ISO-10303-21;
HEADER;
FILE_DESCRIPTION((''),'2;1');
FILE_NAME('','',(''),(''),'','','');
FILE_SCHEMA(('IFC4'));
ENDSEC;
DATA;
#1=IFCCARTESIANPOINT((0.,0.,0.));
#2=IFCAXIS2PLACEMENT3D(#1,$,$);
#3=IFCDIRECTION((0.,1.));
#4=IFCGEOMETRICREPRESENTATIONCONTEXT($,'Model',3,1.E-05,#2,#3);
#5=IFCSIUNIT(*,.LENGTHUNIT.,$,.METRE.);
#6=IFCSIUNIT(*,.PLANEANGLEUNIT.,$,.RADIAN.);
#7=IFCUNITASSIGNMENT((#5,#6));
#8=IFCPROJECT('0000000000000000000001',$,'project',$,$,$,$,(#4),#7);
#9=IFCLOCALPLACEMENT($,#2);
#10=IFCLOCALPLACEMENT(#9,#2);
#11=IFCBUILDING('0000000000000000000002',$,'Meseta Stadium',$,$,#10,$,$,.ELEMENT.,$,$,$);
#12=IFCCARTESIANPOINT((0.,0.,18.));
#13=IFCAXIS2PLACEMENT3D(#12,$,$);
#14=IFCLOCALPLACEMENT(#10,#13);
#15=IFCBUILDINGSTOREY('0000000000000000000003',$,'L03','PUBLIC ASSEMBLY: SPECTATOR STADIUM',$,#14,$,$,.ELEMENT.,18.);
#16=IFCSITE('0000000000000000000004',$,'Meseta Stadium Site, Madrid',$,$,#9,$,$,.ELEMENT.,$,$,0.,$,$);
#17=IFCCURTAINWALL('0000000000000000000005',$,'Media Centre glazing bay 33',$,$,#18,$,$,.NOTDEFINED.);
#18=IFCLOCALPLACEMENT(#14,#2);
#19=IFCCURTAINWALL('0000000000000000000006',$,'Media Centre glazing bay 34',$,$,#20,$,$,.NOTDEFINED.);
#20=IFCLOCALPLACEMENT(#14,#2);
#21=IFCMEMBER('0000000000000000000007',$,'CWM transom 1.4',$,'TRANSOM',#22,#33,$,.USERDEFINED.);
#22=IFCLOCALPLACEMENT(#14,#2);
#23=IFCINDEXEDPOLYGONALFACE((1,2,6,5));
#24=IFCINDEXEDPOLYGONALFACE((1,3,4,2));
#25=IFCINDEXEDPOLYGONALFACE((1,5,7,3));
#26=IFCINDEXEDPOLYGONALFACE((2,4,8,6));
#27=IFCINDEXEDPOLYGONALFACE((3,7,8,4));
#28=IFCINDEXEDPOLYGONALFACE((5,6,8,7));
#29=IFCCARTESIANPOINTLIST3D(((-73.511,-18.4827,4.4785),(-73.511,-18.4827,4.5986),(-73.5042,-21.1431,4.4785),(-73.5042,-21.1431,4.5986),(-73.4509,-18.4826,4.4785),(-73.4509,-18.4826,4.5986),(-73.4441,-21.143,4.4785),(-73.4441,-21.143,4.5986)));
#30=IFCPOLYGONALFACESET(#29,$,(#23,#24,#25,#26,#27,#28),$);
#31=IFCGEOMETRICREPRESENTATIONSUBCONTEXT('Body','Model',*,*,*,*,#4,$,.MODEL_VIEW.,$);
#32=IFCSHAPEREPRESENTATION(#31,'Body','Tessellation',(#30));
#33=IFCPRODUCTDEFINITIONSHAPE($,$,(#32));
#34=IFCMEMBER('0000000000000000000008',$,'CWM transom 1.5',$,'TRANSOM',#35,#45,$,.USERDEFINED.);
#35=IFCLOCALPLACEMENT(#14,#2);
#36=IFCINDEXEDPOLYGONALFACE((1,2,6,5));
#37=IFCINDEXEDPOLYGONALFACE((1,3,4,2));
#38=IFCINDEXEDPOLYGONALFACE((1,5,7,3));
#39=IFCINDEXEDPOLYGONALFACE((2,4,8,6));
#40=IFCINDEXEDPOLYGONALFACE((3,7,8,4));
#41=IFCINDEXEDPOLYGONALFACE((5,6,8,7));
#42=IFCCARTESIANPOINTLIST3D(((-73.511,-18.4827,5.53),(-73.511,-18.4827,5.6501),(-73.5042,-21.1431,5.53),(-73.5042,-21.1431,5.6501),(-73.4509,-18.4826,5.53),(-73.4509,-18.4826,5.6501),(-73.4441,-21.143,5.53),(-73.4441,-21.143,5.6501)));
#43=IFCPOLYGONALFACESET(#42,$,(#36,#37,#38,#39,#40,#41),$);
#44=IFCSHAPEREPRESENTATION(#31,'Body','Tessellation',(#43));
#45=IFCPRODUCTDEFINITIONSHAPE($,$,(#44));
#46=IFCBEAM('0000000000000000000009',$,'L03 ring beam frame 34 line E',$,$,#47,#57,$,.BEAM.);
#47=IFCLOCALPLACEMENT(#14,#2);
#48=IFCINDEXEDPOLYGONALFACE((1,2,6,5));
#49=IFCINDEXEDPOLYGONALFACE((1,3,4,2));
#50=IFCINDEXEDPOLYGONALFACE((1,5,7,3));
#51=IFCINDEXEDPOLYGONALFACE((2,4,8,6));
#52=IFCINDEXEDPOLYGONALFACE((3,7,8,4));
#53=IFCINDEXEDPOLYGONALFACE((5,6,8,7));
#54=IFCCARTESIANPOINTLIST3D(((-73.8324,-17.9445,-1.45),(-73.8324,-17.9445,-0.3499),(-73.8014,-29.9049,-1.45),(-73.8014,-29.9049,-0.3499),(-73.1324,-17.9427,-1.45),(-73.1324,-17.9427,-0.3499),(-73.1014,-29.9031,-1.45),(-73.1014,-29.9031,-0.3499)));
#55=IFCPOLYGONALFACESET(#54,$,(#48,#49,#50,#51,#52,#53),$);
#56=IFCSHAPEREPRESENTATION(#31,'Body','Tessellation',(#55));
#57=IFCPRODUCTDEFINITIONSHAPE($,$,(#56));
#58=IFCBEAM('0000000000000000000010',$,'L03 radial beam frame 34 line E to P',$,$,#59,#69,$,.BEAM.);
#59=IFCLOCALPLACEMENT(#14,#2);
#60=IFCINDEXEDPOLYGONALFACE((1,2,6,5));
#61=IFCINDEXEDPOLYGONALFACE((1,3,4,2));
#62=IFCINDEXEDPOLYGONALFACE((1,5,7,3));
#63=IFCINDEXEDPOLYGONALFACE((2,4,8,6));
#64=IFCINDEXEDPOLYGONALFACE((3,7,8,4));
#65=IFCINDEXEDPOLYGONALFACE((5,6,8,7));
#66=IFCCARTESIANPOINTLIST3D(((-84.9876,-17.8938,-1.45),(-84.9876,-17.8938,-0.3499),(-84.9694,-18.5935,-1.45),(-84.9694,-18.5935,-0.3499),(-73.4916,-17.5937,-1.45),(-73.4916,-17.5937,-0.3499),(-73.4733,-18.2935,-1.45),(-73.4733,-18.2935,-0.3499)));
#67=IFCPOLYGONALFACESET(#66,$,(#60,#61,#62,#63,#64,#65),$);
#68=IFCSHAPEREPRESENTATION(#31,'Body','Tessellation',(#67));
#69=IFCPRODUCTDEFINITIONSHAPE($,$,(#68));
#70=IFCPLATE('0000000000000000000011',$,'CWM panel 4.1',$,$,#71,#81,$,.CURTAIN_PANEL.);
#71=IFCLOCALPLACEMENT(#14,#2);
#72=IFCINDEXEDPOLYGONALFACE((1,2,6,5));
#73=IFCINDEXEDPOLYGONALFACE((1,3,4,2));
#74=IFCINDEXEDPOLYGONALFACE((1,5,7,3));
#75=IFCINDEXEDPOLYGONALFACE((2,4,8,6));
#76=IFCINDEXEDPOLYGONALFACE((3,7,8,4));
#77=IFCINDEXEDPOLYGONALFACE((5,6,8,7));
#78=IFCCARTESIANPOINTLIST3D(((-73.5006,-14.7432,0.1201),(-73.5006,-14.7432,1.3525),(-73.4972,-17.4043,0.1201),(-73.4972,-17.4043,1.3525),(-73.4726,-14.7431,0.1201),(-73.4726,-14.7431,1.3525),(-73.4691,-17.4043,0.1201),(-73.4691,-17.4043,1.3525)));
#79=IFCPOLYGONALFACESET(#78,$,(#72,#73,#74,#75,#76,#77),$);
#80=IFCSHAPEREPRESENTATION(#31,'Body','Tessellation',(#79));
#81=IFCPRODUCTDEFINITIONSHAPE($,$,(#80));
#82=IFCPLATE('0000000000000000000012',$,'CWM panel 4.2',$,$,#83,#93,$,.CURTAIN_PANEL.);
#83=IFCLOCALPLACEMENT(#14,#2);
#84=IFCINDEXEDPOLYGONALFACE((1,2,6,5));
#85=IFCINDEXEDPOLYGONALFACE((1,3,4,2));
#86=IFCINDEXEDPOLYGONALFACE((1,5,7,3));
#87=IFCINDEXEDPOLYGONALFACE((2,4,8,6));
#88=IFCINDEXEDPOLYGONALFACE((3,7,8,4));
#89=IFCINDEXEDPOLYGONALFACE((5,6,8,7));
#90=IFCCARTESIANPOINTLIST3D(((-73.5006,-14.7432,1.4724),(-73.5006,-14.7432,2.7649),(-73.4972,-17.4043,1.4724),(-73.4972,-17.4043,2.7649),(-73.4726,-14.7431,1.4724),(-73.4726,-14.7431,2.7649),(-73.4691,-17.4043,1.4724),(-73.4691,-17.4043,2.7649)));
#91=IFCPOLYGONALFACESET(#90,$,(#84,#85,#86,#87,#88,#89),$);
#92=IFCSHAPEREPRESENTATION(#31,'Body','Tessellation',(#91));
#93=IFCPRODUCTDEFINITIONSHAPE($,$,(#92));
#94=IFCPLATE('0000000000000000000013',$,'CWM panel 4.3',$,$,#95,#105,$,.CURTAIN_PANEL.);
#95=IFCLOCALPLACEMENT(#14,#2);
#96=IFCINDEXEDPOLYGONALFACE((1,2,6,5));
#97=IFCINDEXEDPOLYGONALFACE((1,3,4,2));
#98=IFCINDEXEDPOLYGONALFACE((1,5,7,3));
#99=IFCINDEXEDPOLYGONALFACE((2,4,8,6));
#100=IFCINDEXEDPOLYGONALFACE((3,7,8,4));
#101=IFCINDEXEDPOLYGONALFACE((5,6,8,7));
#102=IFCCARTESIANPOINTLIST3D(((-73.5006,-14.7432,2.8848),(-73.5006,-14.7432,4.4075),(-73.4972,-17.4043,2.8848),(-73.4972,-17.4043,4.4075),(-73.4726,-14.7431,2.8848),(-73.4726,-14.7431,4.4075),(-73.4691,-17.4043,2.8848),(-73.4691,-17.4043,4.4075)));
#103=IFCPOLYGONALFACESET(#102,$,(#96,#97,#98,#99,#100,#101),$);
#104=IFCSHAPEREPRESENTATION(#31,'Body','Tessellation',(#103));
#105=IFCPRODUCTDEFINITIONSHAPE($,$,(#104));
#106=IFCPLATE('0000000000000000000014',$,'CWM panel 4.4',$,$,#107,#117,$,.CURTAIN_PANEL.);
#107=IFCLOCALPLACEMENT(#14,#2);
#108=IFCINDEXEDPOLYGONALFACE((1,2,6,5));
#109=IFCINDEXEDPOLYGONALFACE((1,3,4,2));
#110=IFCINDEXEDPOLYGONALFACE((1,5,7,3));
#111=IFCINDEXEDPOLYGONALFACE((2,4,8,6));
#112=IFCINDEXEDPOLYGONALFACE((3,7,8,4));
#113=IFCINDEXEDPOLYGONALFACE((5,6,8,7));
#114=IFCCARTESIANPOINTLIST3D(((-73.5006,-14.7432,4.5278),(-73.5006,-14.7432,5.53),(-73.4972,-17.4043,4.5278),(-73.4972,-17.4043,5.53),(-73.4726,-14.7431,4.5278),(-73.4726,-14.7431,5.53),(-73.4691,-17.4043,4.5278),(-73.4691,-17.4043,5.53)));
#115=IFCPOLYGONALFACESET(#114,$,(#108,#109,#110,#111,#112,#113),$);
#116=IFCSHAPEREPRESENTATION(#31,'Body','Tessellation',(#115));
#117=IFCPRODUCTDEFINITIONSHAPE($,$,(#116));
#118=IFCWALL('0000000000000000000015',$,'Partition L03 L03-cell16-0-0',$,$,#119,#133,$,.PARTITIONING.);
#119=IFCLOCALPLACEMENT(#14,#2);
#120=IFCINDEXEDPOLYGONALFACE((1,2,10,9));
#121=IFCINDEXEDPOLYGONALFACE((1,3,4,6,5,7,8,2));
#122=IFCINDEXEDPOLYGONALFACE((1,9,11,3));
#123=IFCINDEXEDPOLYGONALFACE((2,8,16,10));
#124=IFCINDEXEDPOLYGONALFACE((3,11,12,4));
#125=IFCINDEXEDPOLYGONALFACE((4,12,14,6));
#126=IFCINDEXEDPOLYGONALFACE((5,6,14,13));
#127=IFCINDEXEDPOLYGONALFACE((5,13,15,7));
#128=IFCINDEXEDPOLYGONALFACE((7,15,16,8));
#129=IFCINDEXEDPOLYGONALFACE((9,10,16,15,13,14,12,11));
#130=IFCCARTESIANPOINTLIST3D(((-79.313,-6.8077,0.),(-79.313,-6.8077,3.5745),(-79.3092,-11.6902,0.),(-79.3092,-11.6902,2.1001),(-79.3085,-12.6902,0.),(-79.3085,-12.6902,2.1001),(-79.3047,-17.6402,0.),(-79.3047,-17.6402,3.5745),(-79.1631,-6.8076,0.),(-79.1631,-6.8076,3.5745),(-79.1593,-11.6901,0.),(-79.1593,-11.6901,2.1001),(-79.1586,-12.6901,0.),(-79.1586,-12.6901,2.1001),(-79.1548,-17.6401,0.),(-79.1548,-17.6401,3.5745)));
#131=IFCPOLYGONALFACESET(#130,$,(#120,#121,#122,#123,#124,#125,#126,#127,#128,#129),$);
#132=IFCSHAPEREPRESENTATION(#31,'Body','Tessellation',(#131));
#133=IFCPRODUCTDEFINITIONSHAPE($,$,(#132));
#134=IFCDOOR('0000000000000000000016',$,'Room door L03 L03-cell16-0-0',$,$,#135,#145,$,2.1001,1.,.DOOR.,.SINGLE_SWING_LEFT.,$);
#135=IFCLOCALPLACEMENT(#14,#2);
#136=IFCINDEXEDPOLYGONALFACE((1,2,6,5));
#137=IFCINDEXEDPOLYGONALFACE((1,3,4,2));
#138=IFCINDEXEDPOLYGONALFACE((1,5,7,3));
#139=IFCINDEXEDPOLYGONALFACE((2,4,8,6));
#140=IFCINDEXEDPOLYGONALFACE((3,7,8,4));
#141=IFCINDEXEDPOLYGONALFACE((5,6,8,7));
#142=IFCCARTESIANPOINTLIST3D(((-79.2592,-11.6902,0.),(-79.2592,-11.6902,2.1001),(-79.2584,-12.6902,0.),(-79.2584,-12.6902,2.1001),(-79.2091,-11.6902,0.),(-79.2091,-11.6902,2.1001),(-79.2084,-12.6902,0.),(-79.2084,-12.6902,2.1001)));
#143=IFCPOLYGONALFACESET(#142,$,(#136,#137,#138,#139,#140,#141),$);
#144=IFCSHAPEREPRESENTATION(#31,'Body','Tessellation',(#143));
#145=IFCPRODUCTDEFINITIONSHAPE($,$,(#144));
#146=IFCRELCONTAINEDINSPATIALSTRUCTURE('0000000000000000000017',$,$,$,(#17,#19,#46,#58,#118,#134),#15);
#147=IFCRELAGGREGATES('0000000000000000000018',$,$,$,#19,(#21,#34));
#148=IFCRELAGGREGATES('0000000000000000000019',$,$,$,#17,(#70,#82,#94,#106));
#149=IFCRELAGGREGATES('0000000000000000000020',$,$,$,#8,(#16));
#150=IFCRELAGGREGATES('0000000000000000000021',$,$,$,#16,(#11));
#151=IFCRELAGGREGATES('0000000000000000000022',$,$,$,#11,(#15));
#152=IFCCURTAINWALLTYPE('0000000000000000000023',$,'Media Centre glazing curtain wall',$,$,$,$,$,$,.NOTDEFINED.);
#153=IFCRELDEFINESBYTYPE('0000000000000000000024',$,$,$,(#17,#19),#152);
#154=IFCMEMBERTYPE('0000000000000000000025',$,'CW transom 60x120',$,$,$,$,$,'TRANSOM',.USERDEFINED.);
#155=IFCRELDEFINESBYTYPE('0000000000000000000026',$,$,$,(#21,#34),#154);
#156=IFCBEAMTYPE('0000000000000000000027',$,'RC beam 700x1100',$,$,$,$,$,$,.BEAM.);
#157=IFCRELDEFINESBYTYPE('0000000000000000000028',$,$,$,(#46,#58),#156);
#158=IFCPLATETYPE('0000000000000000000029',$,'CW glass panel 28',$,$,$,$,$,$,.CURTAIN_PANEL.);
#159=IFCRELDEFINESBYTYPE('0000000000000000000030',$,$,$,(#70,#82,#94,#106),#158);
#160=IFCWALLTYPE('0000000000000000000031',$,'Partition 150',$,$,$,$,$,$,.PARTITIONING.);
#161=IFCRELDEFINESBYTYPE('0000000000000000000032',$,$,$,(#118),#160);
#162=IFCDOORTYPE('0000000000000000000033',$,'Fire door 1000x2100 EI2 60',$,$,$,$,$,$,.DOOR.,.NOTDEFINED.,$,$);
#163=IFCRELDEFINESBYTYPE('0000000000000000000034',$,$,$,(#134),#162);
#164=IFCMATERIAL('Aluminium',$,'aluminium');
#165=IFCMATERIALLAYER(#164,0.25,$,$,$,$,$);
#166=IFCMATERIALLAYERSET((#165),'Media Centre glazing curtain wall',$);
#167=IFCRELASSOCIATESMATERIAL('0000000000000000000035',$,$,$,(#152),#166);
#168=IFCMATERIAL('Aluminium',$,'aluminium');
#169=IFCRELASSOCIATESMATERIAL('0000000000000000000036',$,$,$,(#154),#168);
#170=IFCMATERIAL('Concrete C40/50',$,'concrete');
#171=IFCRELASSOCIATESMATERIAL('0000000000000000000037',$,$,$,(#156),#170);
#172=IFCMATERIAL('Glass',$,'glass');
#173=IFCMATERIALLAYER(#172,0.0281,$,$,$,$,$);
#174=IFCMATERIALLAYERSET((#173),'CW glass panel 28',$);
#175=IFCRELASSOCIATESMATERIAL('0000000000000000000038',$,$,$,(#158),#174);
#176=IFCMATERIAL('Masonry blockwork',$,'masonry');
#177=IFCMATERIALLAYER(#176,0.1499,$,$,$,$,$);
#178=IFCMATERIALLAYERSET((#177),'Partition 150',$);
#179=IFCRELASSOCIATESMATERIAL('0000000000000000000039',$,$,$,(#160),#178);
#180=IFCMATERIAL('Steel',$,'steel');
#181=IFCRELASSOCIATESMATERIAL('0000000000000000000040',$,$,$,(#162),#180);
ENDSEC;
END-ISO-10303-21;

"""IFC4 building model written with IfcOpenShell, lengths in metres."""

from ifc_helpers import new_model, si_unit, direction, frame, frame_2d, origin, origin_2d, place, context, subcontext, project, spatial, rectangle, extrude, material, layer, layer_set, material_profile, profile_set, type_object, element, fill, aggregate, save


model = new_model("IFC4")

# Units and contexts
model_context = context("Model", 3, precision=1e-05, world=origin(), true_north=direction((0.0, 1.0)))
body_context = subcontext(model_context, "Body", "Model", "MODEL_VIEW")
ifc_project = project(units=[si_unit("LENGTHUNIT", "METRE"), si_unit("PLANEANGLEUNIT", "RADIAN")], contexts=[model_context])

# Site, building, storey
site_placement = place(None, origin())
site = spatial("IfcSite", under=ifc_project, at=site_placement, Name="Meseta Stadium Site, Madrid", CompositionType="ELEMENT", RefElevation=0.0)
building_placement = place(site_placement, origin())
building = spatial("IfcBuilding", under=site, at=building_placement, Name="Meseta Stadium", CompositionType="ELEMENT")
storey_placement = place(building_placement, frame((0.0, 0.0, 18.0)))
storey = spatial("IfcBuildingStorey", under=building, at=storey_placement, Name="L03", Description="PUBLIC ASSEMBLY: SPECTATOR STADIUM", CompositionType="ELEMENT", Elevation=18.0)

# Curtain wall
ifc_material_1 = material(Name="Aluminium", Category="aluminium")
ifc_layer_1 = layer(ifc_material_1, 0.25)
ifc_layer_set_1 = layer_set([ifc_layer_1], Name="Media Centre glazing curtain wall")
curtain_wall_type = type_object("IfcCurtainWallType", Name="Media Centre glazing curtain wall", PredefinedType="NOTDEFINED", material=ifc_layer_set_1)
curtain_wall_1_placement = place(storey_placement, origin())
curtain_wall_1 = element("IfcCurtainWall", 1, at=curtain_wall_1_placement, inside=storey, type_object=curtain_wall_type, Name="Media Centre glazing bay 33", PredefinedType="NOTDEFINED")

# Curtain wall
curtain_wall_2_placement = place(storey_placement, origin())
curtain_wall_2 = element("IfcCurtainWall", 2, at=curtain_wall_2_placement, inside=storey, type_object=curtain_wall_type, Name="Media Centre glazing bay 34", PredefinedType="NOTDEFINED")

# Members
ifc_material_2 = material(Name="Aluminium", Category="aluminium")
ifc_material_profile_1 = material_profile(ifc_material_2, rectangle(XDim=0.0601, YDim=0.1201, at=origin_2d()), Name="CW 60x120")
ifc_profile_set_1 = profile_set([ifc_material_profile_1], Name="Aluminium")
member_type_1 = type_object("IfcMemberType", Name="CW transom 60x120", ElementType="TRANSOM", PredefinedType="USERDEFINED", material=ifc_profile_set_1)
member_1_placement = place(storey_placement, frame((-73.481, -18.4827, 4.5386), z_axis=(0.00257, -0.999997, 0.0), x_axis=(0.999997, 0.00257, 0.0)))
member_1 = element("IfcMember", 3, at=member_1_placement, type_object=member_type_1, Name="CWM transom 1.4", ObjectType="TRANSOM", PredefinedType="USERDEFINED", context=body_context, shape_type="SweptSolid", body=[
    extrude(rectangle(XDim=0.0601, YDim=0.1201, at=origin_2d()), origin(), (0.0, 0.0, 1.0), 2.6604),
])
member_2_placement = place(storey_placement, frame((-73.481, -18.4827, 5.5901), z_axis=(0.00257, -0.999997, 0.0), x_axis=(0.999997, 0.00257, 0.0)))
member_2 = element("IfcMember", 4, at=member_2_placement, type_object=member_type_1, Name="CWM transom 1.5", ObjectType="TRANSOM", PredefinedType="USERDEFINED", context=body_context, shape_type="SweptSolid", body=[
    extrude(rectangle(XDim=0.0601, YDim=0.1201, at=origin_2d()), origin(), (0.0, 0.0, 1.0), 2.6604),
])
aggregate(curtain_wall_2, [member_1, member_2])

# Beams
ifc_material_3 = material(Name="Concrete C40/50", Category="concrete")
ifc_material_profile_2 = material_profile(ifc_material_3, rectangle(XDim=0.7, YDim=1.1001, at=origin_2d()), Name="RC 700x1100")
ifc_profile_set_2 = profile_set([ifc_material_profile_2], Name="Concrete C40/50")
beam_type = type_object("IfcBeamType", Name="RC beam 700x1100", PredefinedType="BEAM", material=ifc_profile_set_2)
beam_1_placement = place(storey_placement, frame((-73.4824, -17.9436, -0.8999), z_axis=(0.002592, -0.999997, 0.0), x_axis=(0.999997, 0.002592, 0.0)))
element("IfcBeam", 5, at=beam_1_placement, inside=storey, type_object=beam_type, Name="L03 ring beam frame 34 line E", PredefinedType="BEAM", context=body_context, shape_type="SweptSolid", body=[
    extrude(rectangle(XDim=0.7, YDim=1.1001, at=origin_2d()), origin(), (0.0, 0.0, 1.0), 11.9604),
])
beam_2_placement = place(storey_placement, frame((-73.4824, -17.9436, -0.8999), z_axis=(-0.99966, -0.026091, 0.0), x_axis=(0.026091, -0.99966, 0.0)))
element("IfcBeam", 6, at=beam_2_placement, inside=storey, type_object=beam_type, Name="L03 radial beam frame 34 line E to P", PredefinedType="BEAM", context=body_context, shape_type="SweptSolid", body=[
    extrude(rectangle(XDim=0.7, YDim=1.1001, at=origin_2d()), origin(), (0.0, 0.0, 1.0), 11.5),
])

# Plates
ifc_material_4 = material(Name="Glass", Category="glass")
ifc_layer_2 = layer(ifc_material_4, 0.0281)
ifc_layer_set_2 = layer_set([ifc_layer_2], Name="CW glass panel 28")
plate_type = type_object("IfcPlateType", Name="CW glass panel 28", PredefinedType="CURTAIN_PANEL", material=ifc_layer_set_2)
plate_1_placement = place(storey_placement, frame((-73.4849, -16.0737, 0.1201), z_axis=(0.0, 0.0, 1.0), x_axis=(0.001305, -0.999999, 0.0)))
plate_1 = element("IfcPlate", 7, at=plate_1_placement, type_object=plate_type, Name="CWM panel 4.1", PredefinedType="CURTAIN_PANEL", context=body_context, shape_type="SweptSolid", body=[
    extrude(rectangle(XDim=2.6611, YDim=0.0281, at=origin_2d()), origin(), (0.0, 0.0, 1.0), 1.2324),
])
plate_2_placement = place(storey_placement, frame((-73.4849, -16.0737, 1.4724), z_axis=(0.0, 0.0, 1.0), x_axis=(0.001305, -0.999999, 0.0)))
plate_2 = element("IfcPlate", 8, at=plate_2_placement, type_object=plate_type, Name="CWM panel 4.2", PredefinedType="CURTAIN_PANEL", context=body_context, shape_type="SweptSolid", body=[
    extrude(rectangle(XDim=2.6611, YDim=0.0281, at=origin_2d()), origin(), (0.0, 0.0, 1.0), 1.2925),
])
plate_3_placement = place(storey_placement, frame((-73.4849, -16.0737, 2.8848), z_axis=(0.0, 0.0, 1.0), x_axis=(0.001305, -0.999999, 0.0)))
plate_3 = element("IfcPlate", 9, at=plate_3_placement, type_object=plate_type, Name="CWM panel 4.3", PredefinedType="CURTAIN_PANEL", context=body_context, shape_type="SweptSolid", body=[
    extrude(rectangle(XDim=2.6611, YDim=0.0281, at=origin_2d()), origin(), (0.0, 0.0, 1.0), 1.5227),
])
plate_4_placement = place(storey_placement, frame((-73.4849, -16.0737, 4.5278), z_axis=(0.0, 0.0, 1.0), x_axis=(0.001305, -0.999999, 0.0)))
plate_4 = element("IfcPlate", 10, at=plate_4_placement, type_object=plate_type, Name="CWM panel 4.4", PredefinedType="CURTAIN_PANEL", context=body_context, shape_type="SweptSolid", body=[
    extrude(rectangle(XDim=2.6611, YDim=0.0281, at=origin_2d()), origin(), (0.0, 0.0, 1.0), 1.0022),
])
aggregate(curtain_wall_1, [plate_1, plate_2, plate_3, plate_4])

# Wall, opening, door
ifc_material_5 = material(Name="Masonry blockwork", Category="masonry")
ifc_layer_3 = layer(ifc_material_5, 0.1499)
ifc_layer_set_3 = layer_set([ifc_layer_3], Name="Partition 150")
wall_type = type_object("IfcWallType", Name="Partition 150", PredefinedType="PARTITIONING", material=ifc_layer_set_3)
wall_placement = place(storey_placement, frame((-79.2297, -17.6401, 0.0), z_axis=(0.0, 0.0, 1.0), x_axis=(-0.000766, 1.0, 0.0)))
wall = element("IfcWall", 11, at=wall_placement, inside=storey, type_object=wall_type, Name="Partition L03 L03-cell16-0-0", PredefinedType="PARTITIONING", context=body_context, shape_type="SweptSolid", body=[
    extrude(rectangle(XDim=10.8325, YDim=0.1499, at=frame_2d((5.4163, 0.0))), origin(), (0.0, 0.0, 1.0), 3.5745),
])
opening_placement = place(wall_placement, frame((4.95, 0.0, 0.0)))
opening = element("IfcOpeningElement", 12, at=opening_placement, cuts=wall, PredefinedType="OPENING", context=body_context, shape_type="SweptSolid", body=[
    extrude(rectangle(XDim=1.0, YDim=2.1001, at=frame_2d((0.5, 1.05))), frame((0.0, 0.085, 0.0), z_axis=(0.0, -1.0, 0.0), x_axis=(1.0, 0.0, 0.0)), (0.0, 0.0, 1.0), 0.1699),
])
ifc_material_6 = material(Name="Steel", Category="steel")
door_type = type_object("IfcDoorType", Name="Fire door 1000x2100 EI2 60", OperationType="NOTDEFINED", PredefinedType="DOOR", material=ifc_material_6)
door_placement = place(opening_placement, origin())
door = element("IfcDoor", 13, at=door_placement, inside=storey, type_object=door_type, Name="Room door L03 L03-cell16-0-0", OperationType="SINGLE_SWING_LEFT", OverallHeight=2.1001, OverallWidth=1.0, PredefinedType="DOOR", context=body_context, shape_type="SweptSolid", body=[
    extrude(rectangle(XDim=1.0, YDim=2.1001, at=frame_2d((0.5, 1.05))), frame((0.0, 0.0249, 0.0), z_axis=(0.0, -1.0, 0.0), x_axis=(1.0, 0.0, 0.0)), (0.0, 0.0, 1.0), 0.05),
])
fill(opening, door)

save(model, "model.ifc")
